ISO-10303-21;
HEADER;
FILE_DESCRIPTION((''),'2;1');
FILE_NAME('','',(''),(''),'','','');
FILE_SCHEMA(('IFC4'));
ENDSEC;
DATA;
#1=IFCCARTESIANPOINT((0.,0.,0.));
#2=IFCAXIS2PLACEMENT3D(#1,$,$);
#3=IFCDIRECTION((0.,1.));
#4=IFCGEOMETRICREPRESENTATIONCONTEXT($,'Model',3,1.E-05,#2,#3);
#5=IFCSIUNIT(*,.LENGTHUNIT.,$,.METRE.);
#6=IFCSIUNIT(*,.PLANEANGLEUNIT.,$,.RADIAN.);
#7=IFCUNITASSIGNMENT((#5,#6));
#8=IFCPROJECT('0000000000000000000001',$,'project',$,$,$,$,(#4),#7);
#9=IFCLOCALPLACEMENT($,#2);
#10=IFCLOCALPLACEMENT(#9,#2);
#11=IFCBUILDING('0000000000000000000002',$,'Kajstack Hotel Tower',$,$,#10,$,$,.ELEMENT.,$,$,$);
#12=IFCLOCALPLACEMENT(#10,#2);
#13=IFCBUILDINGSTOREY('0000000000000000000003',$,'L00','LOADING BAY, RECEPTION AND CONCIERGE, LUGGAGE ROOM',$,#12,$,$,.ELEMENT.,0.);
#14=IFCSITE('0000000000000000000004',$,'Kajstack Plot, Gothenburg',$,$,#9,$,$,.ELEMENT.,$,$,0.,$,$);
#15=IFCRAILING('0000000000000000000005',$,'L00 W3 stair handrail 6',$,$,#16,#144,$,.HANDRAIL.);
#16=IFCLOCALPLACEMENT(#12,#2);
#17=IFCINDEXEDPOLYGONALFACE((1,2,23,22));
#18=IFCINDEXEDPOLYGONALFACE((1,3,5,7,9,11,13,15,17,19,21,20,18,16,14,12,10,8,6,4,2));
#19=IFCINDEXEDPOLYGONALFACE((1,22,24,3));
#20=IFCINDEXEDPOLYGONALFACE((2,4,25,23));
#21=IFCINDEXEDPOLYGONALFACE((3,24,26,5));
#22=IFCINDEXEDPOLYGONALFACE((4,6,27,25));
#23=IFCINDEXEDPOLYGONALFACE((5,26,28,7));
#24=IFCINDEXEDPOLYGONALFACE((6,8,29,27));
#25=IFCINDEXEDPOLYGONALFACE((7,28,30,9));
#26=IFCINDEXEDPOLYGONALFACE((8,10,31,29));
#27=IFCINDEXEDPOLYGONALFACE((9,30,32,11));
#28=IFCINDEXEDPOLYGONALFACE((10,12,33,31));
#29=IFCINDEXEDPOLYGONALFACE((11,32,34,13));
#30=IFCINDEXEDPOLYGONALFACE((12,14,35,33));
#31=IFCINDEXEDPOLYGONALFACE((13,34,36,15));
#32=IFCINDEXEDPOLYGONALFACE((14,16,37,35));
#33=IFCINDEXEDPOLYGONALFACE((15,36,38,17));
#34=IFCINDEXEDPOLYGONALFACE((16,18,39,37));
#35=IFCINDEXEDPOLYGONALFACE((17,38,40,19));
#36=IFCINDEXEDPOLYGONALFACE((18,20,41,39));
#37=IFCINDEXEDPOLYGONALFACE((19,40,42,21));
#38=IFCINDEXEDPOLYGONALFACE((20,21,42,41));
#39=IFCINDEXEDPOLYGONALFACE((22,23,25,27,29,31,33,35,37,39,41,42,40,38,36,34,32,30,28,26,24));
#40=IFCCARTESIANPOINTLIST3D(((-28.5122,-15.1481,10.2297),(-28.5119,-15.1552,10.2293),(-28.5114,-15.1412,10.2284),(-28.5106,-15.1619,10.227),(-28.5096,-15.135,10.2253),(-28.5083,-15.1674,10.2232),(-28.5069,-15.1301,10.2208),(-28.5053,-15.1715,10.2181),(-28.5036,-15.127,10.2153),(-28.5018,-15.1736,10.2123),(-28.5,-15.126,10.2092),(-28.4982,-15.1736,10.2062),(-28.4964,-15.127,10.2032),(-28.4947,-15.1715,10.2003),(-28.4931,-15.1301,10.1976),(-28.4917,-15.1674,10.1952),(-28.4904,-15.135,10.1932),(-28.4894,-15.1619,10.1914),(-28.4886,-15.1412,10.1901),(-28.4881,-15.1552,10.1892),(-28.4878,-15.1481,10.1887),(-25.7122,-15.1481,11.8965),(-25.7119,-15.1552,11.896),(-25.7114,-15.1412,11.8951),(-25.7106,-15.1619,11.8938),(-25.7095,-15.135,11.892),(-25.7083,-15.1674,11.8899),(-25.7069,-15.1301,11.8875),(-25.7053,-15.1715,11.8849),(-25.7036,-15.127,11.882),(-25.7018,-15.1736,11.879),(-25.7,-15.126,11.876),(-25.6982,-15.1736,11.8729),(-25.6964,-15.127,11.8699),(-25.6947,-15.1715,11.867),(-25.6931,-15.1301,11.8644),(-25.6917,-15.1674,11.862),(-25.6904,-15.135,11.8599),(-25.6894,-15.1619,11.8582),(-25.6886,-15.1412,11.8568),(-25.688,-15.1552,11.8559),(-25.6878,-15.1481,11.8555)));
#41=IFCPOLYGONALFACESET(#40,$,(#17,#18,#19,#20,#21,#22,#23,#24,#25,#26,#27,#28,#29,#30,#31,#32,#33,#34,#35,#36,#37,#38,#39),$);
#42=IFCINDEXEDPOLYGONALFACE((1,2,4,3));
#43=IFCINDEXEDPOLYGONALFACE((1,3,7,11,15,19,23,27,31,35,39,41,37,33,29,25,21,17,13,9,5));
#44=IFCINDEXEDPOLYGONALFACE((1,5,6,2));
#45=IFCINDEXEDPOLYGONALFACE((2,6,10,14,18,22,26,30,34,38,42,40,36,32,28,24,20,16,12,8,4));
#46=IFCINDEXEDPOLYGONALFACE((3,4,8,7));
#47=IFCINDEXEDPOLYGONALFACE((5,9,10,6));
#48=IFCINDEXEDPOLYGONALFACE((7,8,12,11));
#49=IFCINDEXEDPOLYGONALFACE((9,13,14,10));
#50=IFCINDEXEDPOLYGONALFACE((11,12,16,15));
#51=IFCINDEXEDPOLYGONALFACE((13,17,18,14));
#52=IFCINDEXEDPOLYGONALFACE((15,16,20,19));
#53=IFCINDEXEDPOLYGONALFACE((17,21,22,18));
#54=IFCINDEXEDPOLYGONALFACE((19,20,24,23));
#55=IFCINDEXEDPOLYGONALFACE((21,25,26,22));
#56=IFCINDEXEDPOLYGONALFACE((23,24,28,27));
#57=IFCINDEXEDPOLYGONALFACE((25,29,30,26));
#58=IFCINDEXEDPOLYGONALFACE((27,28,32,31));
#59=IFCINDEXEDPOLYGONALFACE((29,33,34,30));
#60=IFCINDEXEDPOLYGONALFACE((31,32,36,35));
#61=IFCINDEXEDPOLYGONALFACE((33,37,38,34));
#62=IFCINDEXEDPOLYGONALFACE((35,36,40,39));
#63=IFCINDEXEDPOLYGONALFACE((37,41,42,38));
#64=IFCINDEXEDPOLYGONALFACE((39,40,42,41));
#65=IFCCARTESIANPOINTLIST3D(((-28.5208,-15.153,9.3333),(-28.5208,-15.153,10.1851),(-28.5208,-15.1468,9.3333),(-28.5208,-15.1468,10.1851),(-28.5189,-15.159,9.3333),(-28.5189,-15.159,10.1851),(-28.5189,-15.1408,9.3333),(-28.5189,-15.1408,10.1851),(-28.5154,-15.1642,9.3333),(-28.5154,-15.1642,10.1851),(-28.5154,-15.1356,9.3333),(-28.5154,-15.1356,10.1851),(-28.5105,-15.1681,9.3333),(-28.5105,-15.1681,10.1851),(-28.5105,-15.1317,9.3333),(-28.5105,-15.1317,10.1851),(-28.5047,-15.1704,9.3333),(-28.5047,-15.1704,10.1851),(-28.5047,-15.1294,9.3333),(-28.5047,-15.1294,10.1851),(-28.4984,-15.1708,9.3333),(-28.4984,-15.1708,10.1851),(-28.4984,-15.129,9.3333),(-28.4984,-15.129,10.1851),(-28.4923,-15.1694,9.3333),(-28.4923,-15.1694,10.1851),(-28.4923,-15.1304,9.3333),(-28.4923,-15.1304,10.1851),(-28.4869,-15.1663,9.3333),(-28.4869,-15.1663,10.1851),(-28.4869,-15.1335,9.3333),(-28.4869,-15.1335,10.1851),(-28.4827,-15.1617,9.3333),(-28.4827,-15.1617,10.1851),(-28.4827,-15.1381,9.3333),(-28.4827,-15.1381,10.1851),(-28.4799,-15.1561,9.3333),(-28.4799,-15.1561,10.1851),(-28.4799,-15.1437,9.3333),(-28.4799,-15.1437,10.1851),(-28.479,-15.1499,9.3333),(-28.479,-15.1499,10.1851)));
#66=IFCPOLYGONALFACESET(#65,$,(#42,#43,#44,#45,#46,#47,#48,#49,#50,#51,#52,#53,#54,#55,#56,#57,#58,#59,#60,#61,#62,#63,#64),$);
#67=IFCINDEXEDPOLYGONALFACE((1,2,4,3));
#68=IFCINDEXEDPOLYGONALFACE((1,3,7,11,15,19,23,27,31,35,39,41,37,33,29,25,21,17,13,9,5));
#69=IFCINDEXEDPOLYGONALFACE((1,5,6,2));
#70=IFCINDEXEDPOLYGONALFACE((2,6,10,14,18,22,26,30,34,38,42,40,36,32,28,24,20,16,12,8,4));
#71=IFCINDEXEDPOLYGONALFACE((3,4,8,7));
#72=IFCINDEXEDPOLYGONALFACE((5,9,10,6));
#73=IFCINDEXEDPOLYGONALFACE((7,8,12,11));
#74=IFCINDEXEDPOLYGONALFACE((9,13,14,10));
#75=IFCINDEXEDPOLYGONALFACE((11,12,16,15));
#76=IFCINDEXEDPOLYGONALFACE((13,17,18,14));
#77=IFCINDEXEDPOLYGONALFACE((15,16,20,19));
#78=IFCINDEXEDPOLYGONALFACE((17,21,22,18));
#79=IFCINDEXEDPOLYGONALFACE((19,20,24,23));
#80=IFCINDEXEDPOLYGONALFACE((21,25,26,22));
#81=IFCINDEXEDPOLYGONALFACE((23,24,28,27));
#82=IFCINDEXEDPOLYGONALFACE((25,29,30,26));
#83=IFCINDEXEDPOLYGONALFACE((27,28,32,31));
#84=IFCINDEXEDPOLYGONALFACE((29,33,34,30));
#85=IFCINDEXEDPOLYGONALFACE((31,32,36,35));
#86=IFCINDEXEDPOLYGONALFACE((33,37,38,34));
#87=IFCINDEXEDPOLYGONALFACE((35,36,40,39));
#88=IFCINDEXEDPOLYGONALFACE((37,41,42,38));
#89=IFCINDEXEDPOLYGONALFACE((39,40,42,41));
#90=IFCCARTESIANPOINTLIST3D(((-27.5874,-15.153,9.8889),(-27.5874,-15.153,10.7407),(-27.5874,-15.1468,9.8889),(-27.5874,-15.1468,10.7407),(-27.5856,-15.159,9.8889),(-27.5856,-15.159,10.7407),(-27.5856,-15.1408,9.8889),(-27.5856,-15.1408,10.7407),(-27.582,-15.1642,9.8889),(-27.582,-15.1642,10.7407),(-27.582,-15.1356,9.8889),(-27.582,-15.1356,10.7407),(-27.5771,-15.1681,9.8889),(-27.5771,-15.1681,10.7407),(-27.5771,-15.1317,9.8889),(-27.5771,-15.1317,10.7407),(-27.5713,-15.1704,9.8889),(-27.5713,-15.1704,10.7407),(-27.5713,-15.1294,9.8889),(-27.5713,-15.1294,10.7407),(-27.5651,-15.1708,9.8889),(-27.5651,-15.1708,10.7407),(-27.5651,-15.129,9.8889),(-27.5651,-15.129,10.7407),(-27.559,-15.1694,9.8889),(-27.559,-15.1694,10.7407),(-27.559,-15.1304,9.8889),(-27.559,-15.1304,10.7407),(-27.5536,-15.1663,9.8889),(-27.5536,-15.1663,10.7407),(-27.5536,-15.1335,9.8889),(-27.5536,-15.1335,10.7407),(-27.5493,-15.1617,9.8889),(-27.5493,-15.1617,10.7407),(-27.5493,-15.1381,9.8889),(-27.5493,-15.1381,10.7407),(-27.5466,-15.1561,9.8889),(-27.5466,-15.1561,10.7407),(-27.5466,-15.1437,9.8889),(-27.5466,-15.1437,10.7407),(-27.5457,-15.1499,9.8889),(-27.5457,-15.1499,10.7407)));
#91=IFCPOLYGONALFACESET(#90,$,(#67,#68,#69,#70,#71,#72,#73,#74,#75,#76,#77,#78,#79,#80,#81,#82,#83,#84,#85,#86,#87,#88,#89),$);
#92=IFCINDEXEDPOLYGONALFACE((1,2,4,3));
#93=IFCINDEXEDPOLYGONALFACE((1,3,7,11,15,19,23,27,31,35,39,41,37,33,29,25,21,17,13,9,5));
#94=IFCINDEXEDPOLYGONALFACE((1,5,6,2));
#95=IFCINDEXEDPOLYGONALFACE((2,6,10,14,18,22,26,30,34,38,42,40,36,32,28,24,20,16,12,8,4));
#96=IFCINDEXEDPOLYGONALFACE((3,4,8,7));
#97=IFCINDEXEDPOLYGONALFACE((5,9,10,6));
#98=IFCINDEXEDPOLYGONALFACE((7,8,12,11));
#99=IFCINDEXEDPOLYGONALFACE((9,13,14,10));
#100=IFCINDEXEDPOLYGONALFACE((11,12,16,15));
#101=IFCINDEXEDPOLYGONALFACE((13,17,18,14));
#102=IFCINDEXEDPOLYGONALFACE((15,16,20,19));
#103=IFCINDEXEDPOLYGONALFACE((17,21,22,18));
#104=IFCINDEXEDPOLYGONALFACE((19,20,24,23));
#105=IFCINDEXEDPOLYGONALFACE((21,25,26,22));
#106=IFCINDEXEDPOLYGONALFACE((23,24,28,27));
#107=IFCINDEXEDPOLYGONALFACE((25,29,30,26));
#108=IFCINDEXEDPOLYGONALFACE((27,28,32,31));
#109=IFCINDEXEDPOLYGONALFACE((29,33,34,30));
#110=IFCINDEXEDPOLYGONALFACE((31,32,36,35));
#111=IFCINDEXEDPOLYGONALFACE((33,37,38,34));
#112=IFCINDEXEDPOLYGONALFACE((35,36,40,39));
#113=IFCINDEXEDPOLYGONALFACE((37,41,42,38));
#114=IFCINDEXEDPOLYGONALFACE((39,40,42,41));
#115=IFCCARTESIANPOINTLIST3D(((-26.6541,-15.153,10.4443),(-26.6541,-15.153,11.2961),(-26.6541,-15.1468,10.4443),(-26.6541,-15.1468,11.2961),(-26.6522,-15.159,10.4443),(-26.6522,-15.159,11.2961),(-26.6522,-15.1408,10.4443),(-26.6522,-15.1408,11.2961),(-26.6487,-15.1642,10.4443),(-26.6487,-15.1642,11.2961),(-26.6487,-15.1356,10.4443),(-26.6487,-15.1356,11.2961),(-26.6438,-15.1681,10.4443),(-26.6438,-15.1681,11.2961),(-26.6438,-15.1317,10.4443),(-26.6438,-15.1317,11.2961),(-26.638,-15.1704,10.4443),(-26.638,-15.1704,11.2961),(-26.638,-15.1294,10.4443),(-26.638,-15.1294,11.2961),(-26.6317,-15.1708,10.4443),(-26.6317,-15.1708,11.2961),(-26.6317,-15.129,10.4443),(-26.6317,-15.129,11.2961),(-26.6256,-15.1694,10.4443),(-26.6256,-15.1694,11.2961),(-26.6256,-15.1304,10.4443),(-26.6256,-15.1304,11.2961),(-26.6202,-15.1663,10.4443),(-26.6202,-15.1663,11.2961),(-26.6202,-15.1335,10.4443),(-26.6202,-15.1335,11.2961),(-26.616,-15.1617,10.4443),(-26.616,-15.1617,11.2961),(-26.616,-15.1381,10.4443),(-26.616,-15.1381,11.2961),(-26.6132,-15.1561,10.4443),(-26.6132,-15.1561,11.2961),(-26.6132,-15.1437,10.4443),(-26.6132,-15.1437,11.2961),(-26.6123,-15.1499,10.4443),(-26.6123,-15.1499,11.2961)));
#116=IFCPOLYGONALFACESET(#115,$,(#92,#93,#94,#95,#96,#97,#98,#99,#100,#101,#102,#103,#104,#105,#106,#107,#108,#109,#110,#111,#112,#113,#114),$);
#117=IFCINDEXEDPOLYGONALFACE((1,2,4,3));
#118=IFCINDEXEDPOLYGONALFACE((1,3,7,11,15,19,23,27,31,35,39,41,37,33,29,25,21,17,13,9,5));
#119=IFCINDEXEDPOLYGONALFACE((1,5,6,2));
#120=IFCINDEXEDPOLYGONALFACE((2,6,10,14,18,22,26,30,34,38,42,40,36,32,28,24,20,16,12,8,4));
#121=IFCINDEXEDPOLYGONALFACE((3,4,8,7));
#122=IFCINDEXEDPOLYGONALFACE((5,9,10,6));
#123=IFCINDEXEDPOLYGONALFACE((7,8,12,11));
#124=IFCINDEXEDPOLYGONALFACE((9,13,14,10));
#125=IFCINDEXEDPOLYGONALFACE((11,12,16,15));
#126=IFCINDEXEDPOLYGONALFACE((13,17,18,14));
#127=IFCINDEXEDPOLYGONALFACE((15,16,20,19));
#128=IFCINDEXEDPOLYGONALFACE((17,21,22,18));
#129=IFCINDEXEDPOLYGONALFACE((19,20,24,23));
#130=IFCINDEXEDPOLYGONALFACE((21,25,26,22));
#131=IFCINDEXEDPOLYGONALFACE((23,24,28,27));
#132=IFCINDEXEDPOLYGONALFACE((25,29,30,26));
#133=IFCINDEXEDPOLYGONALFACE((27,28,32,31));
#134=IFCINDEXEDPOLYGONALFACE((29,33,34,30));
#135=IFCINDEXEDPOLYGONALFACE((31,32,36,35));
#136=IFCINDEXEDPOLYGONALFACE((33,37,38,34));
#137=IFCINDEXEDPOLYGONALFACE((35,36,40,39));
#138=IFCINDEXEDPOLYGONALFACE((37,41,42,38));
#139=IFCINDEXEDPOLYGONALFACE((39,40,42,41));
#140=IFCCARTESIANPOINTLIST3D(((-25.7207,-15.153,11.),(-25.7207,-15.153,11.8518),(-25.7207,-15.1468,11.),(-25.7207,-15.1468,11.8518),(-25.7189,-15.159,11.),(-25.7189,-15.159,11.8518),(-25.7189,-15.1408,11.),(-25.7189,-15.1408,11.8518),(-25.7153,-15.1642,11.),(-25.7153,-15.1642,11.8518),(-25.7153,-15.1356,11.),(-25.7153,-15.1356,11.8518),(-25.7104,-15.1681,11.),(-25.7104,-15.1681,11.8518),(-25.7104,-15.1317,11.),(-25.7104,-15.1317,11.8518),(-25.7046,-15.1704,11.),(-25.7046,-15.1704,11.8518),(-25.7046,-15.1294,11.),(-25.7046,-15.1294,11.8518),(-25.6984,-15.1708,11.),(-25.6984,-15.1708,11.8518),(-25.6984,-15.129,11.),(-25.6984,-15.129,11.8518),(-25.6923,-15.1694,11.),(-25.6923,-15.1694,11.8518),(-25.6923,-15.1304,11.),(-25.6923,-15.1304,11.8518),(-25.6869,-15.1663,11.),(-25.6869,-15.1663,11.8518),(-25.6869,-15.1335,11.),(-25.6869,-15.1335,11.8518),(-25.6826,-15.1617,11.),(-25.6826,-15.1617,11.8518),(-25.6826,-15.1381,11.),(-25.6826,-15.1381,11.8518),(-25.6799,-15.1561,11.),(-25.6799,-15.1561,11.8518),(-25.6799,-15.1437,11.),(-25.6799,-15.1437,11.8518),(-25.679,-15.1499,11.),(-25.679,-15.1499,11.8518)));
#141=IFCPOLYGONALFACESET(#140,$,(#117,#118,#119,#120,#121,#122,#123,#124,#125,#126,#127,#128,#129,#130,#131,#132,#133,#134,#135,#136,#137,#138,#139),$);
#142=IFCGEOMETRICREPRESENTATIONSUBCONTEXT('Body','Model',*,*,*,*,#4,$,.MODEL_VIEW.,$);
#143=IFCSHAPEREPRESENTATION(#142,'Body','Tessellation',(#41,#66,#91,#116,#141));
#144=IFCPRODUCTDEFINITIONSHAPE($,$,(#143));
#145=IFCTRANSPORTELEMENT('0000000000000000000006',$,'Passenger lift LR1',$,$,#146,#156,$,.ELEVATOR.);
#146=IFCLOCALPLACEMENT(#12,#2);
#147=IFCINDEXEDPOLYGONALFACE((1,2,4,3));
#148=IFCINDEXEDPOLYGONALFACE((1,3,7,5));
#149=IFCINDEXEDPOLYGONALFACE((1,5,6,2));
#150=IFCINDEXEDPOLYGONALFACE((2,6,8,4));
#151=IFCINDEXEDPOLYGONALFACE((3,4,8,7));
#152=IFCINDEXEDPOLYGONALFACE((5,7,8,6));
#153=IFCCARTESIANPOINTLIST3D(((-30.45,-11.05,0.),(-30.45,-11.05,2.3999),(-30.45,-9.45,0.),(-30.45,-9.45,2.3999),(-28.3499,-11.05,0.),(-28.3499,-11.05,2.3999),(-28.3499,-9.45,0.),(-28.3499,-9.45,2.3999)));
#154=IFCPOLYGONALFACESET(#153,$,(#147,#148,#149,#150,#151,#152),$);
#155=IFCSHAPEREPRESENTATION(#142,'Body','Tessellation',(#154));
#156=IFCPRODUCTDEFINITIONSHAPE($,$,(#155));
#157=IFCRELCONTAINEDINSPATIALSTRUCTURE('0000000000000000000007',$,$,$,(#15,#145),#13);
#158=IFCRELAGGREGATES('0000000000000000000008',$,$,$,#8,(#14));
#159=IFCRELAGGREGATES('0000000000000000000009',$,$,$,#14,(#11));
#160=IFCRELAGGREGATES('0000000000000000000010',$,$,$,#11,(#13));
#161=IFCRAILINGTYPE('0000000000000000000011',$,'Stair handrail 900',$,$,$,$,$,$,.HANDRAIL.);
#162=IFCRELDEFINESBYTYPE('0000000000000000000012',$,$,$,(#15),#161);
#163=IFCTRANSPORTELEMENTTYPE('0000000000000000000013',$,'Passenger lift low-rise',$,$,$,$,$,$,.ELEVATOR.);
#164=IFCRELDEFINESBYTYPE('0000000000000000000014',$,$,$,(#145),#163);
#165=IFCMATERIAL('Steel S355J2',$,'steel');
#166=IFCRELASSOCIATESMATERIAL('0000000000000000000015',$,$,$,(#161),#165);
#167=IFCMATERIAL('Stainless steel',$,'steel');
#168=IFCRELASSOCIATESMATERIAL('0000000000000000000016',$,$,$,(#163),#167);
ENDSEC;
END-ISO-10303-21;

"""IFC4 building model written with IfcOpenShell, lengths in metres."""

from ifc_helpers import new_model, si_unit, direction, frame, origin, origin_2d, place, context, subcontext, project, spatial, rectangle, circle, extrude, material, type_object, element, save


model = new_model("IFC4")

# Units and contexts
model_context = context("Model", 3, precision=1e-05, world=origin(), true_north=direction((0.0, 1.0)))
body_context = subcontext(model_context, "Body", "Model", "MODEL_VIEW")
ifc_project = project(units=[si_unit("LENGTHUNIT", "METRE"), si_unit("PLANEANGLEUNIT", "RADIAN")], contexts=[model_context])

# Site, building, storey
site_placement = place(None, origin())
site = spatial("IfcSite", under=ifc_project, at=site_placement, Name="Kajstack Plot, Gothenburg", CompositionType="ELEMENT", RefElevation=0.0)
building_placement = place(site_placement, origin())
building = spatial("IfcBuilding", under=site, at=building_placement, Name="Kajstack Hotel Tower", CompositionType="ELEMENT")
storey_placement = place(building_placement, origin())
storey = spatial("IfcBuildingStorey", under=building, at=storey_placement, Name="L00", Description="LOADING BAY, RECEPTION AND CONCIERGE, LUGGAGE ROOM", CompositionType="ELEMENT", Elevation=0.0)

# Railing
ifc_material_1 = material(Name="Steel S355J2", Category="steel")
railing_type_1 = type_object("IfcRailingType", Name="Stair handrail 900", PredefinedType="HANDRAIL", material=ifc_material_1)
railing_1_placement = place(storey_placement, frame((-28.5, -15.1499, 9.3333)))
element("IfcRailing", 1, at=railing_1_placement, inside=storey, type_object=railing_type_1, Name="L00 W3 stair handrail 6", PredefinedType="HANDRAIL", context=body_context, shape_type="SweptSolid", body=[
    extrude(circle(Radius=0.0239, at=origin_2d()), frame((0.0, 0.0, 0.876), z_axis=(0.859286, 0.0, 0.511496), x_axis=(0.0, 1.0, 0.0)), (0.0, 0.0, 1.0), 3.2585),
    extrude(circle(Radius=0.021, at=origin_2d()), origin(), (0.0, 0.0, 1.0), 0.8518),
    extrude(circle(Radius=0.021, at=origin_2d()), frame((0.9333, 0.0, 0.5557)), (0.0, 0.0, 1.0), 0.8518),
    extrude(circle(Radius=0.021, at=origin_2d()), frame((1.8667, 0.0, 1.1111)), (0.0, 0.0, 1.0), 0.8518),
    extrude(circle(Radius=0.021, at=origin_2d()), frame((2.8, 0.0, 1.6667)), (0.0, 0.0, 1.0), 0.8518),
])

# Transport element
ifc_material_2 = material(Name="Stainless steel", Category="steel")
transport_element_type = type_object("IfcTransportElementType", Name="Passenger lift low-rise", PredefinedType="ELEVATOR", material=ifc_material_2)
transport_element_placement = place(storey_placement, frame((-29.3999, -10.25, 0.0), z_axis=(0.0, 0.0, 1.0), x_axis=(1.0, 0.0, 0.0)))
element("IfcTransportElement", 2, at=transport_element_placement, inside=storey, type_object=transport_element_type, Name="Passenger lift LR1", PredefinedType="ELEVATOR", context=body_context, shape_type="SweptSolid", body=[
    extrude(rectangle(XDim=2.1001, YDim=1.6001, at=origin_2d()), origin(), (0.0, 0.0, 1.0), 2.3999),
])

save(model, "model.ifc")
